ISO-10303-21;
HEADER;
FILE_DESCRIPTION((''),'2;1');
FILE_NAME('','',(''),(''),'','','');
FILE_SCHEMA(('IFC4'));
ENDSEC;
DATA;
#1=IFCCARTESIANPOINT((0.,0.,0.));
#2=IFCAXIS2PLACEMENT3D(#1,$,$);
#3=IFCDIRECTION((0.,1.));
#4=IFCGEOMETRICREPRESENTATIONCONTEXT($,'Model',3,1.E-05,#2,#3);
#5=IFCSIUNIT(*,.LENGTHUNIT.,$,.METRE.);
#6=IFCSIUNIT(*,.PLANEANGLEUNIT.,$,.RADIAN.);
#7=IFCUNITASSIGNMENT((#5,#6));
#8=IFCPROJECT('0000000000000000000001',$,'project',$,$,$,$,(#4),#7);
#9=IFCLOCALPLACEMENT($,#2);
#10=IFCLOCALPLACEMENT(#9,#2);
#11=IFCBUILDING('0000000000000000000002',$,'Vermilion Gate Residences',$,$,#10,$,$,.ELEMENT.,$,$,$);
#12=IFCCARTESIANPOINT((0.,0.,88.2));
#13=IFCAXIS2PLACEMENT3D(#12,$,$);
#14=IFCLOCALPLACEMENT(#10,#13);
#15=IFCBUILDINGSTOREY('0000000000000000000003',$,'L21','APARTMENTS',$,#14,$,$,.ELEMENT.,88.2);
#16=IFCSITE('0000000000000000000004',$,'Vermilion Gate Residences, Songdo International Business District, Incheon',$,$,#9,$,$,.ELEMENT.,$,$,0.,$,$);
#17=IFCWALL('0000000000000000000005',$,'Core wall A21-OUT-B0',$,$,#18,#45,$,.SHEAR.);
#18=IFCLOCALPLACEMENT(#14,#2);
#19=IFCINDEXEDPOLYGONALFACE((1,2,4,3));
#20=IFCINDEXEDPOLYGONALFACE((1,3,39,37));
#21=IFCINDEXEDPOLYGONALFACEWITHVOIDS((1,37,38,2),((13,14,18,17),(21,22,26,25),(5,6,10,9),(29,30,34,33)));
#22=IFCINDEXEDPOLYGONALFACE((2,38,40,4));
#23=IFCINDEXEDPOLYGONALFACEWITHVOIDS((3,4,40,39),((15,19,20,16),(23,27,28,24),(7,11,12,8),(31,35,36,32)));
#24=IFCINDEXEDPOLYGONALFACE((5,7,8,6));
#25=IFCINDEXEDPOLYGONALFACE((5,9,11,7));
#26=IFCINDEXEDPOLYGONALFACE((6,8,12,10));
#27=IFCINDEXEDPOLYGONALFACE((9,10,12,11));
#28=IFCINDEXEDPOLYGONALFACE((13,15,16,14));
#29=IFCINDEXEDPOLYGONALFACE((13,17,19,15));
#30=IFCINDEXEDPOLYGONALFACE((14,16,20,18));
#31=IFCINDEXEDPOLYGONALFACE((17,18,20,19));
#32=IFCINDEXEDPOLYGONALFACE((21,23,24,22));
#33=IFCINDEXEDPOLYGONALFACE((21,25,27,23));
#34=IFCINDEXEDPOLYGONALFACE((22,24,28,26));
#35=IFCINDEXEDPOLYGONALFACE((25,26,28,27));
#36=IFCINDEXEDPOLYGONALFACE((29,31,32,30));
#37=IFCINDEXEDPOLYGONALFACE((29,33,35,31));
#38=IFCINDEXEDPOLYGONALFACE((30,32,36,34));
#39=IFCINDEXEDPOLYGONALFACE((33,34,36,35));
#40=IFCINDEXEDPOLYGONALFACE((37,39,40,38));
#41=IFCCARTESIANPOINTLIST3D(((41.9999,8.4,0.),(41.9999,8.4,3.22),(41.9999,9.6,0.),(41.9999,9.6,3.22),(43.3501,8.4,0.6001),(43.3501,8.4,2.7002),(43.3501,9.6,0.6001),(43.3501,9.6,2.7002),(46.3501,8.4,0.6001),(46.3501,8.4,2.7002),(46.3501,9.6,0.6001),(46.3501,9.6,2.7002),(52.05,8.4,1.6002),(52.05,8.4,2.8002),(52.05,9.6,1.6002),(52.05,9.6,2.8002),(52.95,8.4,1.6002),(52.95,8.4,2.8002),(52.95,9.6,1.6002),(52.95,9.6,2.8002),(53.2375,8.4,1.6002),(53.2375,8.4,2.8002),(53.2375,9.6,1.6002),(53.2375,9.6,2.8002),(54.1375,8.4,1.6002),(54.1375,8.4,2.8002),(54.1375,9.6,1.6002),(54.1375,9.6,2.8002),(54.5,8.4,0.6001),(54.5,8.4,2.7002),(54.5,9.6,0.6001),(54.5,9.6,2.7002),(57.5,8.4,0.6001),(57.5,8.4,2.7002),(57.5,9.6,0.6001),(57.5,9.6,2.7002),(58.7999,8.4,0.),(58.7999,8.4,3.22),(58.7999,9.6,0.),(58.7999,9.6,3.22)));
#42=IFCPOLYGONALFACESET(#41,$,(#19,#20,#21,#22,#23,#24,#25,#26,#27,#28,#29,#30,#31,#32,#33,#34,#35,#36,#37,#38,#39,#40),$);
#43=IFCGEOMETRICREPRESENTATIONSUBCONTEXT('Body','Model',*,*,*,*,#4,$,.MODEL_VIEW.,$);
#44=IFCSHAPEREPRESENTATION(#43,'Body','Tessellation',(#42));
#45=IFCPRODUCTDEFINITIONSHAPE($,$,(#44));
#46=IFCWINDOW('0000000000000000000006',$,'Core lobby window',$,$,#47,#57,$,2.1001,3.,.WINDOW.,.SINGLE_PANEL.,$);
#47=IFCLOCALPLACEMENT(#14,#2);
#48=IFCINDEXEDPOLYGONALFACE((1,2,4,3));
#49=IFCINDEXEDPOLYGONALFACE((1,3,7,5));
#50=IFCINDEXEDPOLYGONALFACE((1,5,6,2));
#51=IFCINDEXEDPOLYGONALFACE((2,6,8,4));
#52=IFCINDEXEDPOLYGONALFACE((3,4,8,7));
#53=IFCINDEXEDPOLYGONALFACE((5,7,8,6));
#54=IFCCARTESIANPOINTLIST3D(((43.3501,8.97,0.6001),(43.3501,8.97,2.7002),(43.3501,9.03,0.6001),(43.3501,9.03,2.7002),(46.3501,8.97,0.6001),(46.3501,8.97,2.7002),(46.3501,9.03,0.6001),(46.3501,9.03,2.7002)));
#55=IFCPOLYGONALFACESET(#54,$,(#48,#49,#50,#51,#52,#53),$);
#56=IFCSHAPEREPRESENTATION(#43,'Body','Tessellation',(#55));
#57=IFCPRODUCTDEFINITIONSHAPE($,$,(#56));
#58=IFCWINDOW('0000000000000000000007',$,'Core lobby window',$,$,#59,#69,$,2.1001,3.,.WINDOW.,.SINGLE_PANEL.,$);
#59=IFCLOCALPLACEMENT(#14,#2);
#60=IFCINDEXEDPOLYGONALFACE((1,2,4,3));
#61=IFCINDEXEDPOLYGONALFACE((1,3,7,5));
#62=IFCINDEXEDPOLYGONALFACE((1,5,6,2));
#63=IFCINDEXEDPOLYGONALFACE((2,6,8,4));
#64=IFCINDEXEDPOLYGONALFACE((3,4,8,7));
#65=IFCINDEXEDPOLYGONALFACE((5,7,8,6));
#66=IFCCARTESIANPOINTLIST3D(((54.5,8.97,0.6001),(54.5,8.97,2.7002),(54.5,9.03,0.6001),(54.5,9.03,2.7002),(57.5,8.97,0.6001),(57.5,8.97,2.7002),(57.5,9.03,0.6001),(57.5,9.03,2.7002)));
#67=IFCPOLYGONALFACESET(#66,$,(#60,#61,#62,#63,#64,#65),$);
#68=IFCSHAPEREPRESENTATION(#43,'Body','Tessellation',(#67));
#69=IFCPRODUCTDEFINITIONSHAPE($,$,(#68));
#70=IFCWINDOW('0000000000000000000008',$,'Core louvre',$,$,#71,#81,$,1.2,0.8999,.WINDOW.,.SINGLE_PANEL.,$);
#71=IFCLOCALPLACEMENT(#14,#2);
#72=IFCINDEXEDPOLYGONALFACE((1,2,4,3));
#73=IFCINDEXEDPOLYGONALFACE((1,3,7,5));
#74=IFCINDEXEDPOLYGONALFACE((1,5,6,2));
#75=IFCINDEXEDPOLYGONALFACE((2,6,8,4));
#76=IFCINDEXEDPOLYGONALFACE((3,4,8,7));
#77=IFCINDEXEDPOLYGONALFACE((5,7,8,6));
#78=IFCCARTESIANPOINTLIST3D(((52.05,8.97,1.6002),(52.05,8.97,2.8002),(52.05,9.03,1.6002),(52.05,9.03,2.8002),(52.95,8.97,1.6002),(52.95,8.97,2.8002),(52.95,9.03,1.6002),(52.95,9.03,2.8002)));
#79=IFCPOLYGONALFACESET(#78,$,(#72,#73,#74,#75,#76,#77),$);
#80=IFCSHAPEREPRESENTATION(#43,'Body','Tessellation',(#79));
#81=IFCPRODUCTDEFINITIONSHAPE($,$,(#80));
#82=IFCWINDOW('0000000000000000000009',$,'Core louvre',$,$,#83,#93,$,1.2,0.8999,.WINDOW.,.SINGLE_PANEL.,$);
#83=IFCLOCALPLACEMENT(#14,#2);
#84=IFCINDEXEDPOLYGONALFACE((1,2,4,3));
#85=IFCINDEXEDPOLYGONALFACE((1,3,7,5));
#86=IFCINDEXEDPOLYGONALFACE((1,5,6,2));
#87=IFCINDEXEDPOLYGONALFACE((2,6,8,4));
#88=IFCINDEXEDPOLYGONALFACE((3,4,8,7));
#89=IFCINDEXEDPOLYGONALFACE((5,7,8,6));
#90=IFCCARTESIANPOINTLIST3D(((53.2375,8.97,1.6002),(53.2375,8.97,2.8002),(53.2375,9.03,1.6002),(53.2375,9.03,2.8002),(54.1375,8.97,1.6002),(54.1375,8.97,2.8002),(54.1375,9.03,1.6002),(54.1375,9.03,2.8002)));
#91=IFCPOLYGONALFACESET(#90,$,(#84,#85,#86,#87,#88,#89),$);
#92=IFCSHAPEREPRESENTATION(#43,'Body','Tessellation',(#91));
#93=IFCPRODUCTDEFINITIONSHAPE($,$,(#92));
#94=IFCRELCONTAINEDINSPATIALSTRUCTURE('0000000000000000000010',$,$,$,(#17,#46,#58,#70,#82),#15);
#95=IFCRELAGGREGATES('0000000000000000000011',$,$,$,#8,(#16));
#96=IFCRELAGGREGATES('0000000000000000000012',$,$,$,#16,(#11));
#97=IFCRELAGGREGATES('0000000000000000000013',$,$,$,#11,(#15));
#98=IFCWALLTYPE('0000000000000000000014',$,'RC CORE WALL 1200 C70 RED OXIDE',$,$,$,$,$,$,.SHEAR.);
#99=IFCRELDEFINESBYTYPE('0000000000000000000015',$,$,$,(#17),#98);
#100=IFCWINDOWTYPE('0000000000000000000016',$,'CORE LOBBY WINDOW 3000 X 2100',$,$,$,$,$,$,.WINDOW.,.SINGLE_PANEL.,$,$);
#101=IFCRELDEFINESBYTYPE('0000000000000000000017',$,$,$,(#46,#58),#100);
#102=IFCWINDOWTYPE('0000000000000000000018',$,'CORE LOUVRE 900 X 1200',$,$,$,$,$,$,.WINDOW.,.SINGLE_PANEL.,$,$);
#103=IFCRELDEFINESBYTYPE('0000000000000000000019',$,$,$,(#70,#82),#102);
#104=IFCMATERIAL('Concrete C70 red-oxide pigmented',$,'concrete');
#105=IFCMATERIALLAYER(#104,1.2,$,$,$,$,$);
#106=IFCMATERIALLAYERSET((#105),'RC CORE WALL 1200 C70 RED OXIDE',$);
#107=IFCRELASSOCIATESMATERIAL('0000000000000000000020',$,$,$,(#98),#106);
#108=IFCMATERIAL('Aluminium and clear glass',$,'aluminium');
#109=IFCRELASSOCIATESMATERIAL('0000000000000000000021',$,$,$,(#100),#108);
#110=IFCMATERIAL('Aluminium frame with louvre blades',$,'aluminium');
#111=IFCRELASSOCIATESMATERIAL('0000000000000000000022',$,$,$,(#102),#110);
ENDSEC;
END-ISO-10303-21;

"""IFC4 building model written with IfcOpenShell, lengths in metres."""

from ifc_helpers import new_model, si_unit, direction, frame, frame_2d, origin, place, context, subcontext, project, spatial, rectangle, extrude, material, layer, layer_set, type_object, element, fill, save


model = new_model("IFC4")

# Units and contexts
model_context = context("Model", 3, precision=1e-05, world=origin(), true_north=direction((0.0, 1.0)))
body_context = subcontext(model_context, "Body", "Model", "MODEL_VIEW")
ifc_project = project(units=[si_unit("LENGTHUNIT", "METRE"), si_unit("PLANEANGLEUNIT", "RADIAN")], contexts=[model_context])

# Site, building, storey
site_placement = place(None, origin())
site = spatial("IfcSite", under=ifc_project, at=site_placement, Name="Vermilion Gate Residences, Songdo International Business District, Incheon", CompositionType="ELEMENT", RefElevation=0.0)
building_placement = place(site_placement, origin())
building = spatial("IfcBuilding", under=site, at=building_placement, Name="Vermilion Gate Residences", CompositionType="ELEMENT")
storey_placement = place(building_placement, frame((0.0, 0.0, 88.2)))
storey = spatial("IfcBuildingStorey", under=building, at=storey_placement, Name="L21", Description="APARTMENTS", CompositionType="ELEMENT", Elevation=88.2)

# Wall, openings, windows
ifc_material_1 = material(Name="Concrete C70 red-oxide pigmented", Category="concrete")
ifc_layer_1 = layer(ifc_material_1, 1.2)
ifc_layer_set_1 = layer_set([ifc_layer_1], Name="RC CORE WALL 1200 C70 RED OXIDE")
wall_type_1 = type_object("IfcWallType", Name="RC CORE WALL 1200 C70 RED OXIDE", PredefinedType="SHEAR", material=ifc_layer_set_1)
wall_1_placement = place(storey_placement, frame((42.0, 9.0, 0.0), z_axis=(0.0, 0.0, 1.0), x_axis=(1.0, 0.0, 0.0)))
wall_1 = element("IfcWall", 1, at=wall_1_placement, inside=storey, type_object=wall_type_1, Name="Core wall A21-OUT-B0", PredefinedType="SHEAR", context=body_context, shape_type="SweptSolid", body=[
    extrude(rectangle(XDim=16.8, YDim=1.2, at=frame_2d((8.3999, 0.0))), origin(), (0.0, 0.0, 1.0), 3.22),
])
opening_1_placement = place(wall_1_placement, frame((1.3501, 0.0, 0.6001)))
opening_1 = element("IfcOpeningElement", 2, at=opening_1_placement, cuts=wall_1, PredefinedType="OPENING", context=body_context, shape_type="SweptSolid", body=[
    extrude(rectangle(XDim=3.0, YDim=2.1001, at=frame_2d((1.5, 1.05))), frame((0.0, 0.6099, 0.0), z_axis=(0.0, -1.0, 0.0), x_axis=(1.0, 0.0, 0.0)), (0.0, 0.0, 1.0), 1.22),
])
opening_2_placement = place(wall_1_placement, frame((10.05, 0.0, 1.6001)))
opening_2 = element("IfcOpeningElement", 3, at=opening_2_placement, cuts=wall_1, PredefinedType="OPENING", context=body_context, shape_type="SweptSolid", body=[
    extrude(rectangle(XDim=0.8999, YDim=1.2, at=frame_2d((0.45, 0.6001))), frame((0.0, 0.6099, 0.0), z_axis=(0.0, -1.0, 0.0), x_axis=(1.0, 0.0, 0.0)), (0.0, 0.0, 1.0), 1.22),
])
opening_3_placement = place(wall_1_placement, frame((11.2375, 0.0, 1.6001)))
opening_3 = element("IfcOpeningElement", 4, at=opening_3_placement, cuts=wall_1, PredefinedType="OPENING", context=body_context, shape_type="SweptSolid", body=[
    extrude(rectangle(XDim=0.8999, YDim=1.2, at=frame_2d((0.45, 0.6001))), frame((0.0, 0.6099, 0.0), z_axis=(0.0, -1.0, 0.0), x_axis=(1.0, 0.0, 0.0)), (0.0, 0.0, 1.0), 1.22),
])
opening_4_placement = place(wall_1_placement, frame((12.5, 0.0, 0.6001)))
opening_4 = element("IfcOpeningElement", 5, at=opening_4_placement, cuts=wall_1, PredefinedType="OPENING", context=body_context, shape_type="SweptSolid", body=[
    extrude(rectangle(XDim=3.0, YDim=2.1001, at=frame_2d((1.5, 1.05))), frame((0.0, 0.6099, 0.0), z_axis=(0.0, -1.0, 0.0), x_axis=(1.0, 0.0, 0.0)), (0.0, 0.0, 1.0), 1.22),
])
ifc_material_2 = material(Name="Aluminium and clear glass", Category="aluminium")
window_type_1 = type_object("IfcWindowType", Name="CORE LOBBY WINDOW 3000 X 2100", PartitioningType="SINGLE_PANEL", PredefinedType="WINDOW", material=ifc_material_2)
window_1_placement = place(opening_1_placement, origin())
window_1 = element("IfcWindow", 6, at=window_1_placement, inside=storey, type_object=window_type_1, Name="Core lobby window", OverallHeight=2.1001, OverallWidth=3.0, PartitioningType="SINGLE_PANEL", PredefinedType="WINDOW", context=body_context, shape_type="SweptSolid", body=[
    extrude(rectangle(XDim=3.0, YDim=2.1001, at=frame_2d((1.5, 1.05))), frame((0.0, 0.03, 0.0), z_axis=(0.0, -1.0, 0.0), x_axis=(1.0, 0.0, 0.0)), (0.0, 0.0, 1.0), 0.0601),
])
fill(opening_1, window_1)
window_2_placement = place(opening_4_placement, origin())
window_2 = element("IfcWindow", 7, at=window_2_placement, inside=storey, type_object=window_type_1, Name="Core lobby window", OverallHeight=2.1001, OverallWidth=3.0, PartitioningType="SINGLE_PANEL", PredefinedType="WINDOW", context=body_context, shape_type="SweptSolid", body=[
    extrude(rectangle(XDim=3.0, YDim=2.1001, at=frame_2d((1.5, 1.05))), frame((0.0, 0.03, 0.0), z_axis=(0.0, -1.0, 0.0), x_axis=(1.0, 0.0, 0.0)), (0.0, 0.0, 1.0), 0.0601),
])
fill(opening_4, window_2)
ifc_material_3 = material(Name="Aluminium frame with louvre blades", Category="aluminium")
window_type_2 = type_object("IfcWindowType", Name="CORE LOUVRE 900 X 1200", PartitioningType="SINGLE_PANEL", PredefinedType="WINDOW", material=ifc_material_3)
window_3_placement = place(opening_2_placement, origin())
window_3 = element("IfcWindow", 8, at=window_3_placement, inside=storey, type_object=window_type_2, Name="Core louvre", OverallHeight=1.2, OverallWidth=0.8999, PartitioningType="SINGLE_PANEL", PredefinedType="WINDOW", context=body_context, shape_type="SweptSolid", body=[
    extrude(rectangle(XDim=0.8999, YDim=1.2, at=frame_2d((0.45, 0.6001))), frame((0.0, 0.03, 0.0), z_axis=(0.0, -1.0, 0.0), x_axis=(1.0, 0.0, 0.0)), (0.0, 0.0, 1.0), 0.0601),
])
fill(opening_2, window_3)
window_4_placement = place(opening_3_placement, origin())
window_4 = element("IfcWindow", 9, at=window_4_placement, inside=storey, type_object=window_type_2, Name="Core louvre", OverallHeight=1.2, OverallWidth=0.8999, PartitioningType="SINGLE_PANEL", PredefinedType="WINDOW", context=body_context, shape_type="SweptSolid", body=[
    extrude(rectangle(XDim=0.8999, YDim=1.2, at=frame_2d((0.45, 0.6001))), frame((0.0, 0.03, 0.0), z_axis=(0.0, -1.0, 0.0), x_axis=(1.0, 0.0, 0.0)), (0.0, 0.0, 1.0), 0.0601),
])
fill(opening_3, window_4)

save(model, "model.ifc")
